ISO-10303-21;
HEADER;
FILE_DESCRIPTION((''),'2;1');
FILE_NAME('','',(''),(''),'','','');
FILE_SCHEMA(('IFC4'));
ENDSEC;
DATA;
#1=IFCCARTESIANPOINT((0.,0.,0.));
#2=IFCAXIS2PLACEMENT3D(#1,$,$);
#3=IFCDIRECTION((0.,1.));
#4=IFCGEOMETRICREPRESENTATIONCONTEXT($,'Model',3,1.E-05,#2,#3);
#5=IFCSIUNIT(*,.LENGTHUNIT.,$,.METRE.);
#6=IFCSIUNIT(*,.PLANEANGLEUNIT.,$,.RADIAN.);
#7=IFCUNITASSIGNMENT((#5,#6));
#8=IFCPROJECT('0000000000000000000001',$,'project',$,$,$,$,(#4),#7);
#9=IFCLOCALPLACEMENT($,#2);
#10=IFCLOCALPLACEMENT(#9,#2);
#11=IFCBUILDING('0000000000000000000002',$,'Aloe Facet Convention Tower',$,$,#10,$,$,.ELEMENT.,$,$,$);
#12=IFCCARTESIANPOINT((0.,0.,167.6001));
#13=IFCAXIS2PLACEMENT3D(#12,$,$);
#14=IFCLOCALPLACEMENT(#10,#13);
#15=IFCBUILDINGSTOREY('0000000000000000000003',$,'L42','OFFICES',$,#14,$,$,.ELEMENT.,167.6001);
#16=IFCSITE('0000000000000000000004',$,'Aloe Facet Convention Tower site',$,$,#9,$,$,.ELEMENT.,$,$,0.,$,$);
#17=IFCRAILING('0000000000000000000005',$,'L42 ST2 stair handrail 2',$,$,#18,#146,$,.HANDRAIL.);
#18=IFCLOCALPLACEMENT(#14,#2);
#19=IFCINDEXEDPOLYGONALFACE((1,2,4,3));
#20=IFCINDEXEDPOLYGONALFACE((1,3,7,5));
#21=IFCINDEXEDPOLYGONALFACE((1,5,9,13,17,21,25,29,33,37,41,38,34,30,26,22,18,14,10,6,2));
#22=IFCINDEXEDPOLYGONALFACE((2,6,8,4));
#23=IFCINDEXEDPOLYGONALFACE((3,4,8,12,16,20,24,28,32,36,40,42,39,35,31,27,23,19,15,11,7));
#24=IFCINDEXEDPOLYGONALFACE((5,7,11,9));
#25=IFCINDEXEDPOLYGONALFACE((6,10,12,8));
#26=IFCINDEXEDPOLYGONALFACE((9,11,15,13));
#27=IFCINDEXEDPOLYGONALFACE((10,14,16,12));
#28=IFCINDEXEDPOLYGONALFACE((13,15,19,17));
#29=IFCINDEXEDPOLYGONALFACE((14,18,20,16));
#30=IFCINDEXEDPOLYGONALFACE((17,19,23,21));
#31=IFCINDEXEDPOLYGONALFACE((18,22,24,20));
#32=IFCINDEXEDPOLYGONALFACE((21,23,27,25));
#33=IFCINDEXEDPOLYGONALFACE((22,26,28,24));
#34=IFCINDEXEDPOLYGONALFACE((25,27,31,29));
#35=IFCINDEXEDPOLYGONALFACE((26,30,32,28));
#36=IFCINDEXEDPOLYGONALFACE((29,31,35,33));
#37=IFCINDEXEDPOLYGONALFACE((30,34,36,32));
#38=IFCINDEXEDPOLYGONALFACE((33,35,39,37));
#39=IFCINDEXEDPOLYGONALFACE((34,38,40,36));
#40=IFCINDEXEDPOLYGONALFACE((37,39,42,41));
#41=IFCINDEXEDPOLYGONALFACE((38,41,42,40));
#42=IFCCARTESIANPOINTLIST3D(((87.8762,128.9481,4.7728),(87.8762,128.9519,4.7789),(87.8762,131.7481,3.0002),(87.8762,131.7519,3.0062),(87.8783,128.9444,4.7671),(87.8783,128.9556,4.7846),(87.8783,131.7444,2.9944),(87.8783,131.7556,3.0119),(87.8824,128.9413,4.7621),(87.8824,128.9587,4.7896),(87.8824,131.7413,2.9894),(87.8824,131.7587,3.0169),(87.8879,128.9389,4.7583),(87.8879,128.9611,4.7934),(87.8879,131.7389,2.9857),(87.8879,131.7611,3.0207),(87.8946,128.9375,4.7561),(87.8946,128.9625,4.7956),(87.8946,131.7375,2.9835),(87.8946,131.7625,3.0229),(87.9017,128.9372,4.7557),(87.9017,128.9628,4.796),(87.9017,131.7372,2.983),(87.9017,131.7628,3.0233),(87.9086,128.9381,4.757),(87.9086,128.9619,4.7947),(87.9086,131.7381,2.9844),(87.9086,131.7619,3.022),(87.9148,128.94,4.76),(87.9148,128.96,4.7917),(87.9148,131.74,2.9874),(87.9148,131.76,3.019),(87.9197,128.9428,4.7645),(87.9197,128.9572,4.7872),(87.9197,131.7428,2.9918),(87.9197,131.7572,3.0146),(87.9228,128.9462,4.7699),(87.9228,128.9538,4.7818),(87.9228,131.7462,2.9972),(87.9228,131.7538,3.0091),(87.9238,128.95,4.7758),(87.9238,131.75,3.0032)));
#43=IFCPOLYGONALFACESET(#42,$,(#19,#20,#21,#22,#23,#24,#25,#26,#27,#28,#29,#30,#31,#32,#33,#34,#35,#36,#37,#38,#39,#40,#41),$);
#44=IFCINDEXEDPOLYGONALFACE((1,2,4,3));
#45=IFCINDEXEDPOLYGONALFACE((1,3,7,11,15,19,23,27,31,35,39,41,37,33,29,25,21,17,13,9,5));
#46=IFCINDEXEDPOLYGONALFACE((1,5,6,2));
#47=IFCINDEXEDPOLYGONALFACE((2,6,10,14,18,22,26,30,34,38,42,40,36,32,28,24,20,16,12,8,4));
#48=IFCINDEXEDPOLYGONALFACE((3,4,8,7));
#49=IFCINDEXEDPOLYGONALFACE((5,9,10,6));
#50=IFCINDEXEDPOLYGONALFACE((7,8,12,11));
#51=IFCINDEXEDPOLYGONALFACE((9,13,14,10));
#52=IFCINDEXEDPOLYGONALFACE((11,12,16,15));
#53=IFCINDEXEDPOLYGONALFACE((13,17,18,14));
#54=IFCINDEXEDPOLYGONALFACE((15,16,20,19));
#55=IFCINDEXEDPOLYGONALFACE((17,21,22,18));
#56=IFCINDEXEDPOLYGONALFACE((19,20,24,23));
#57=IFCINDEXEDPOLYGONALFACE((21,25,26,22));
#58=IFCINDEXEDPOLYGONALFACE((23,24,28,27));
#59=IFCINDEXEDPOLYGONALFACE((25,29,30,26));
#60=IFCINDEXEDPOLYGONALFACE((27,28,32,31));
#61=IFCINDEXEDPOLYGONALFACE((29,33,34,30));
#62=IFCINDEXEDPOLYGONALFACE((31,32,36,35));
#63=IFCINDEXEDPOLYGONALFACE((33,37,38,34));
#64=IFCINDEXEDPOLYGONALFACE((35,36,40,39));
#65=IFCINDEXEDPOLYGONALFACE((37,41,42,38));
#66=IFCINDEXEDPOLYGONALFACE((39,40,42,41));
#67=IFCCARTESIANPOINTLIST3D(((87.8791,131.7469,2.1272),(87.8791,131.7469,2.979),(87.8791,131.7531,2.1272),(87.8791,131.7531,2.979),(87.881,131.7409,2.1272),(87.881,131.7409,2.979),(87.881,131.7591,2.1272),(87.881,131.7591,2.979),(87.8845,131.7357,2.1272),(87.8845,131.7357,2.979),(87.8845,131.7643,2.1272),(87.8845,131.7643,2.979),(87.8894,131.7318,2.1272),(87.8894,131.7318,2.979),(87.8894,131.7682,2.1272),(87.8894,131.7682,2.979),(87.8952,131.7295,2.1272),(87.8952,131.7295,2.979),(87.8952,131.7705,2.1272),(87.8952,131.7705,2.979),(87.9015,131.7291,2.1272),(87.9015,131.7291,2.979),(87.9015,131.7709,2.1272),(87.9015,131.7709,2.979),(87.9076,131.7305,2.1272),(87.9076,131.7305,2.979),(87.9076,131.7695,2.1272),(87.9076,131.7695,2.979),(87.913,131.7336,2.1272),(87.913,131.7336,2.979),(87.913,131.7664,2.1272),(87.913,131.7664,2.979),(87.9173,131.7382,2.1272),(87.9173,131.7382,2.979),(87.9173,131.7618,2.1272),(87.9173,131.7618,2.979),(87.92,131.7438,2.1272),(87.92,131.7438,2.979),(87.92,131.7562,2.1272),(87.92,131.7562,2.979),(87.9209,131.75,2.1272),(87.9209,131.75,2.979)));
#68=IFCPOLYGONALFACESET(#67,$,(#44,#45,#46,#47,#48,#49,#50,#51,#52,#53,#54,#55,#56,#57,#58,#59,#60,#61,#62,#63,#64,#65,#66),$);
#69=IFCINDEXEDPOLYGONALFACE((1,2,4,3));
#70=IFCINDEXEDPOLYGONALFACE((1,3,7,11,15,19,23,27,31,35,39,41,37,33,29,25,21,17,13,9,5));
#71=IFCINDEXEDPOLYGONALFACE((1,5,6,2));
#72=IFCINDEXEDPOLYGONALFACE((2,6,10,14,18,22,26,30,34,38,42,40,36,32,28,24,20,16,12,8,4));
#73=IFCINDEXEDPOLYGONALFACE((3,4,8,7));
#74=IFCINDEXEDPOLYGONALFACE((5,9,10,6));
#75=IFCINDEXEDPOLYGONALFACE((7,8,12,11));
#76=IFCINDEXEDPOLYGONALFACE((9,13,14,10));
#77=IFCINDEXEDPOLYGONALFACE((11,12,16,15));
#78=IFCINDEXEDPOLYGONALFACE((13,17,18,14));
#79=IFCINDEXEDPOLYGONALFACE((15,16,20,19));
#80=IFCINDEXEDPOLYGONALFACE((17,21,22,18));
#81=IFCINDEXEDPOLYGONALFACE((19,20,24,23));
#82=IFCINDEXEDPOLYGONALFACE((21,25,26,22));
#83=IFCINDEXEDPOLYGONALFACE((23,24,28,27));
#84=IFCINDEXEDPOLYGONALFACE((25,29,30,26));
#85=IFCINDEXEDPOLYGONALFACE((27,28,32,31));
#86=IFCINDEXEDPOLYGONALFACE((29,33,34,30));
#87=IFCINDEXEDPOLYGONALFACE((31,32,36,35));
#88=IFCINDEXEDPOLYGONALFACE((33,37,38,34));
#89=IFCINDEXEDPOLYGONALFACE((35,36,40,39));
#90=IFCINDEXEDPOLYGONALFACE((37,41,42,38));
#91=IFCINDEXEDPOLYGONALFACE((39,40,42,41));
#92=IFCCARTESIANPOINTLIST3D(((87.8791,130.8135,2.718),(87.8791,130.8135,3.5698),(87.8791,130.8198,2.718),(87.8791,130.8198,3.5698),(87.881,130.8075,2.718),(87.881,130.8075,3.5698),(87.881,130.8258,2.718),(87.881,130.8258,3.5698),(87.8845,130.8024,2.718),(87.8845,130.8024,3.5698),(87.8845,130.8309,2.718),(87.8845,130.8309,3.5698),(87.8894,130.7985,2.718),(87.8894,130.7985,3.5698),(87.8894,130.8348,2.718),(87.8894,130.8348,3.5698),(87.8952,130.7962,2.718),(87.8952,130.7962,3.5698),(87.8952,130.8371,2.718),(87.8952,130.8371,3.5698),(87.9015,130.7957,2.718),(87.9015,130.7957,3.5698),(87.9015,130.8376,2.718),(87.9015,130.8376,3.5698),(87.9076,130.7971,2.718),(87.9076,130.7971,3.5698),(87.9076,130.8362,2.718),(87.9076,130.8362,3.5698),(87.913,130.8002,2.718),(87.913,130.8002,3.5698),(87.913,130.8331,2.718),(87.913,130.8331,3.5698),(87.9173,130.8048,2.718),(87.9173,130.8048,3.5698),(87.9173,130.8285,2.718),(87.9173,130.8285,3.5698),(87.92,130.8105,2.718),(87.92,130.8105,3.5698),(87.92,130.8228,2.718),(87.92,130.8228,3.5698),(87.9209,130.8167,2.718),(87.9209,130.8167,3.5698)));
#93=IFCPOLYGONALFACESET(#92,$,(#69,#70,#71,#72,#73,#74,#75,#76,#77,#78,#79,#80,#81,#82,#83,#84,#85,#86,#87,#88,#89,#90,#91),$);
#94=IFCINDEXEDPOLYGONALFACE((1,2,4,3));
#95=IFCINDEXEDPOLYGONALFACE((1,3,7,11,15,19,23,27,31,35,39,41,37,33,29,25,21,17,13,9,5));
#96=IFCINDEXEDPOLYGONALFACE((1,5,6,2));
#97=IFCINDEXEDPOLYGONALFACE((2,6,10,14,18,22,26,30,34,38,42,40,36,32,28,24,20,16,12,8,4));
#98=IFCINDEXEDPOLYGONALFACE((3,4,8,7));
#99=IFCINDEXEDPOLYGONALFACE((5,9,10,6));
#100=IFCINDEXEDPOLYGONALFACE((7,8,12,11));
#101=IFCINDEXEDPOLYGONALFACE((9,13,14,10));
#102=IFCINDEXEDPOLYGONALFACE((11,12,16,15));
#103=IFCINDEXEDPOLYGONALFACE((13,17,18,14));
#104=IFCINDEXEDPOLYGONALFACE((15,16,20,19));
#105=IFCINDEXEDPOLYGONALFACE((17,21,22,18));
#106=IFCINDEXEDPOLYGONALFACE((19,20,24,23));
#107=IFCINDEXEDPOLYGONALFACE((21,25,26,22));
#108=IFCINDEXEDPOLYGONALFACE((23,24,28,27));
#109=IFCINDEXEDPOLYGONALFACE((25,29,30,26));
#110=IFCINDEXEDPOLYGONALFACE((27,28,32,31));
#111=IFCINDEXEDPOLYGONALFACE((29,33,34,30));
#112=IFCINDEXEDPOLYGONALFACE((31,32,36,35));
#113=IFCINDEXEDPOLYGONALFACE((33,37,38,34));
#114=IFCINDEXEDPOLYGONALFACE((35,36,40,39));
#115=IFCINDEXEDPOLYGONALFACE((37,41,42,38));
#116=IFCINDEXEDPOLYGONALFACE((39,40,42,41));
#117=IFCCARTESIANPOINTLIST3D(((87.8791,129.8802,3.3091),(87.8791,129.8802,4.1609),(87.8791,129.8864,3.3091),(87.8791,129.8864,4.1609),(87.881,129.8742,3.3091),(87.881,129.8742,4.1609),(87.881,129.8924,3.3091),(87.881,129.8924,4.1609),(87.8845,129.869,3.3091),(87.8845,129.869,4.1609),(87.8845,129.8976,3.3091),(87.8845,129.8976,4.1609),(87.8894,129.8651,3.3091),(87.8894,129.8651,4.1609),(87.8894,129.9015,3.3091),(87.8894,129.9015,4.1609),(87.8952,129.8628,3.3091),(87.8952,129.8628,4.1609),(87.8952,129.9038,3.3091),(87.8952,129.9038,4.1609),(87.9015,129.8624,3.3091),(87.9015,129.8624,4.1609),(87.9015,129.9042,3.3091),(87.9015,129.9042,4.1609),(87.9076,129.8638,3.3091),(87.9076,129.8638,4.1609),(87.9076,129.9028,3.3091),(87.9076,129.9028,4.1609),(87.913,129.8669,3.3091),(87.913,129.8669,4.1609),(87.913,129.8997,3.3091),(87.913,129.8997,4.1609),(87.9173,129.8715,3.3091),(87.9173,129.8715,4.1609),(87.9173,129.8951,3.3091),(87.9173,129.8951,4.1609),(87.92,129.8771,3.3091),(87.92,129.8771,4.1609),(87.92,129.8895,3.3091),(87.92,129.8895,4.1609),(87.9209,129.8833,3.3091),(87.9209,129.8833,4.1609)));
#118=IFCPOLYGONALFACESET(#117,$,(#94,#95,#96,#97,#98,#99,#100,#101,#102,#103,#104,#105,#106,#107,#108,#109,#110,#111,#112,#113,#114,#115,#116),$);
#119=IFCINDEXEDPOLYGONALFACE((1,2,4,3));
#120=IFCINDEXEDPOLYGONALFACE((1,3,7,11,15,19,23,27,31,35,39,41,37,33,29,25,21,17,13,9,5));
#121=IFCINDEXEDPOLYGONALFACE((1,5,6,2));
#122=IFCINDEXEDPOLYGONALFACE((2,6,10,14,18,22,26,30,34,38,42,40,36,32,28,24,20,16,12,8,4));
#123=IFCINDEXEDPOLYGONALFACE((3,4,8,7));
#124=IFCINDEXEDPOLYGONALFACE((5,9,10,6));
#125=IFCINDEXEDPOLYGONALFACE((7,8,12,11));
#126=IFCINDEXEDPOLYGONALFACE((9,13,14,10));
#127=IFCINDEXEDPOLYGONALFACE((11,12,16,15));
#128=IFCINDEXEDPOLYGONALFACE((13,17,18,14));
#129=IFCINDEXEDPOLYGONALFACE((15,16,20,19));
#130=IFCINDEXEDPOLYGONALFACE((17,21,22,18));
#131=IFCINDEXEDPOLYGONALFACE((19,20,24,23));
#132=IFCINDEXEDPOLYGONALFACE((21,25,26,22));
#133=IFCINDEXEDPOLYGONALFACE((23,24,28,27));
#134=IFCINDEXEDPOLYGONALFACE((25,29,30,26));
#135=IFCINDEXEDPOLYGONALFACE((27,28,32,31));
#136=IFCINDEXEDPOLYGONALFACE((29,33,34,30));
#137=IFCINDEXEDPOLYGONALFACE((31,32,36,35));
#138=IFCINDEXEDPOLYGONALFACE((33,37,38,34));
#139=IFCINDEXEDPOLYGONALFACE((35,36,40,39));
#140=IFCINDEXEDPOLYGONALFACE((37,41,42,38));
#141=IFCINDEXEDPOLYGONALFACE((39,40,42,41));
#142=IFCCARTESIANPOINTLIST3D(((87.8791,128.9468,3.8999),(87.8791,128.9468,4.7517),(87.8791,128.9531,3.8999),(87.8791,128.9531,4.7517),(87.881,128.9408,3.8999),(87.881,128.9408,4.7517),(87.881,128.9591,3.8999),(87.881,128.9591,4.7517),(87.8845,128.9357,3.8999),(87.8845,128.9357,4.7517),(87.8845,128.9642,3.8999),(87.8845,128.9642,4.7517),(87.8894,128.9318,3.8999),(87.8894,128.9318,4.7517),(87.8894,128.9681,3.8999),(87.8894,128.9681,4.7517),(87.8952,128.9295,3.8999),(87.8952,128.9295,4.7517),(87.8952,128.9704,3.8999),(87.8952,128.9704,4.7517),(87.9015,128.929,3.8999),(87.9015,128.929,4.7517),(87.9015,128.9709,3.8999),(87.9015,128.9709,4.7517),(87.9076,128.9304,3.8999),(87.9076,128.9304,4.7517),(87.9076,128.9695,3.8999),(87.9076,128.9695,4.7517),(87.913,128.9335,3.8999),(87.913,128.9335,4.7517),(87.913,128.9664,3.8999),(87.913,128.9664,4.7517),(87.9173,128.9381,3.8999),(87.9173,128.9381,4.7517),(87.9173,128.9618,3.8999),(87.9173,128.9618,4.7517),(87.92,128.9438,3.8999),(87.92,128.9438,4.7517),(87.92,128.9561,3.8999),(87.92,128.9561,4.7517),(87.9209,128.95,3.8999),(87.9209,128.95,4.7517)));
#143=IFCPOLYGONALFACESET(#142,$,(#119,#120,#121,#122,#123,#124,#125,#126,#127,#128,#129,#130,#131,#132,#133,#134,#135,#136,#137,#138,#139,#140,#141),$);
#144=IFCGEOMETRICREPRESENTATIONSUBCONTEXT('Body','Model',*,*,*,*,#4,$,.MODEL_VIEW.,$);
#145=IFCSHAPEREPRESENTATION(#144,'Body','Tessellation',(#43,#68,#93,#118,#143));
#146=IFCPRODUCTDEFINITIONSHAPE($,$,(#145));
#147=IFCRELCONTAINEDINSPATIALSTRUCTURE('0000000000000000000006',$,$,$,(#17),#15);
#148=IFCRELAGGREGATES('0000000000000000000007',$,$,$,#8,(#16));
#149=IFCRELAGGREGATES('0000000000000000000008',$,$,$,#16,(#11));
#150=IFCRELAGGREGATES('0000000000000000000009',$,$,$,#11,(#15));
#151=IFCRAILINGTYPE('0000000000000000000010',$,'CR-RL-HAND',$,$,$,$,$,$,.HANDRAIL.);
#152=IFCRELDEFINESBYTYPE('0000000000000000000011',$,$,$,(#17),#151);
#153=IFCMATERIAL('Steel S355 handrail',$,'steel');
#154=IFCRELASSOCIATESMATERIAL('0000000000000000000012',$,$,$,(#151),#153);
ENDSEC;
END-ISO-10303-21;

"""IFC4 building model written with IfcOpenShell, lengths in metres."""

from ifc_helpers import new_model, si_unit, direction, frame, origin, origin_2d, place, context, subcontext, project, spatial, circle, extrude, material, type_object, element, save


model = new_model("IFC4")

# Units and contexts
model_context = context("Model", 3, precision=1e-05, world=origin(), true_north=direction((0.0, 1.0)))
body_context = subcontext(model_context, "Body", "Model", "MODEL_VIEW")
ifc_project = project(units=[si_unit("LENGTHUNIT", "METRE"), si_unit("PLANEANGLEUNIT", "RADIAN")], contexts=[model_context])

# Site, building, storey
site_placement = place(None, origin())
site = spatial("IfcSite", under=ifc_project, at=site_placement, Name="Aloe Facet Convention Tower site", CompositionType="ELEMENT", RefElevation=0.0)
building_placement = place(site_placement, origin())
building = spatial("IfcBuilding", under=site, at=building_placement, Name="Aloe Facet Convention Tower", CompositionType="ELEMENT")
storey_placement = place(building_placement, frame((0.0, 0.0, 167.6001)))
storey = spatial("IfcBuildingStorey", under=building, at=storey_placement, Name="L42", Description="OFFICES", CompositionType="ELEMENT", Elevation=167.6001)

# Railing
ifc_material_1 = material(Name="Steel S355 handrail", Category="steel")
railing_type = type_object("IfcRailingType", Name="CR-RL-HAND", PredefinedType="HANDRAIL", material=ifc_material_1)
railing_placement = place(storey_placement, frame((87.8999, 131.75, 2.1272)))
element("IfcRailing", 1, at=railing_placement, inside=storey, type_object=railing_type, Name="L42 ST2 stair handrail 2", PredefinedType="HANDRAIL", context=body_context, shape_type="SweptSolid", body=[
    extrude(circle(Radius=0.0239, at=origin_2d()), frame((0.0, 0.0, 0.876), z_axis=(0.0, -0.844909, 0.53491), x_axis=(1.0, 0.0, 0.0)), (0.0, 0.0, 1.0), 3.314),
    extrude(circle(Radius=0.021, at=origin_2d()), origin(), (0.0, 0.0, 1.0), 0.8518),
    extrude(circle(Radius=0.021, at=origin_2d()), frame((0.0, -0.9333, 0.5908)), (0.0, 0.0, 1.0), 0.8518),
    extrude(circle(Radius=0.021, at=origin_2d()), frame((0.0, -1.8667, 1.1819)), (0.0, 0.0, 1.0), 0.8518),
    extrude(circle(Radius=0.021, at=origin_2d()), frame((0.0, -2.8, 1.7727)), (0.0, 0.0, 1.0), 0.8518),
])

save(model, "model.ifc")
